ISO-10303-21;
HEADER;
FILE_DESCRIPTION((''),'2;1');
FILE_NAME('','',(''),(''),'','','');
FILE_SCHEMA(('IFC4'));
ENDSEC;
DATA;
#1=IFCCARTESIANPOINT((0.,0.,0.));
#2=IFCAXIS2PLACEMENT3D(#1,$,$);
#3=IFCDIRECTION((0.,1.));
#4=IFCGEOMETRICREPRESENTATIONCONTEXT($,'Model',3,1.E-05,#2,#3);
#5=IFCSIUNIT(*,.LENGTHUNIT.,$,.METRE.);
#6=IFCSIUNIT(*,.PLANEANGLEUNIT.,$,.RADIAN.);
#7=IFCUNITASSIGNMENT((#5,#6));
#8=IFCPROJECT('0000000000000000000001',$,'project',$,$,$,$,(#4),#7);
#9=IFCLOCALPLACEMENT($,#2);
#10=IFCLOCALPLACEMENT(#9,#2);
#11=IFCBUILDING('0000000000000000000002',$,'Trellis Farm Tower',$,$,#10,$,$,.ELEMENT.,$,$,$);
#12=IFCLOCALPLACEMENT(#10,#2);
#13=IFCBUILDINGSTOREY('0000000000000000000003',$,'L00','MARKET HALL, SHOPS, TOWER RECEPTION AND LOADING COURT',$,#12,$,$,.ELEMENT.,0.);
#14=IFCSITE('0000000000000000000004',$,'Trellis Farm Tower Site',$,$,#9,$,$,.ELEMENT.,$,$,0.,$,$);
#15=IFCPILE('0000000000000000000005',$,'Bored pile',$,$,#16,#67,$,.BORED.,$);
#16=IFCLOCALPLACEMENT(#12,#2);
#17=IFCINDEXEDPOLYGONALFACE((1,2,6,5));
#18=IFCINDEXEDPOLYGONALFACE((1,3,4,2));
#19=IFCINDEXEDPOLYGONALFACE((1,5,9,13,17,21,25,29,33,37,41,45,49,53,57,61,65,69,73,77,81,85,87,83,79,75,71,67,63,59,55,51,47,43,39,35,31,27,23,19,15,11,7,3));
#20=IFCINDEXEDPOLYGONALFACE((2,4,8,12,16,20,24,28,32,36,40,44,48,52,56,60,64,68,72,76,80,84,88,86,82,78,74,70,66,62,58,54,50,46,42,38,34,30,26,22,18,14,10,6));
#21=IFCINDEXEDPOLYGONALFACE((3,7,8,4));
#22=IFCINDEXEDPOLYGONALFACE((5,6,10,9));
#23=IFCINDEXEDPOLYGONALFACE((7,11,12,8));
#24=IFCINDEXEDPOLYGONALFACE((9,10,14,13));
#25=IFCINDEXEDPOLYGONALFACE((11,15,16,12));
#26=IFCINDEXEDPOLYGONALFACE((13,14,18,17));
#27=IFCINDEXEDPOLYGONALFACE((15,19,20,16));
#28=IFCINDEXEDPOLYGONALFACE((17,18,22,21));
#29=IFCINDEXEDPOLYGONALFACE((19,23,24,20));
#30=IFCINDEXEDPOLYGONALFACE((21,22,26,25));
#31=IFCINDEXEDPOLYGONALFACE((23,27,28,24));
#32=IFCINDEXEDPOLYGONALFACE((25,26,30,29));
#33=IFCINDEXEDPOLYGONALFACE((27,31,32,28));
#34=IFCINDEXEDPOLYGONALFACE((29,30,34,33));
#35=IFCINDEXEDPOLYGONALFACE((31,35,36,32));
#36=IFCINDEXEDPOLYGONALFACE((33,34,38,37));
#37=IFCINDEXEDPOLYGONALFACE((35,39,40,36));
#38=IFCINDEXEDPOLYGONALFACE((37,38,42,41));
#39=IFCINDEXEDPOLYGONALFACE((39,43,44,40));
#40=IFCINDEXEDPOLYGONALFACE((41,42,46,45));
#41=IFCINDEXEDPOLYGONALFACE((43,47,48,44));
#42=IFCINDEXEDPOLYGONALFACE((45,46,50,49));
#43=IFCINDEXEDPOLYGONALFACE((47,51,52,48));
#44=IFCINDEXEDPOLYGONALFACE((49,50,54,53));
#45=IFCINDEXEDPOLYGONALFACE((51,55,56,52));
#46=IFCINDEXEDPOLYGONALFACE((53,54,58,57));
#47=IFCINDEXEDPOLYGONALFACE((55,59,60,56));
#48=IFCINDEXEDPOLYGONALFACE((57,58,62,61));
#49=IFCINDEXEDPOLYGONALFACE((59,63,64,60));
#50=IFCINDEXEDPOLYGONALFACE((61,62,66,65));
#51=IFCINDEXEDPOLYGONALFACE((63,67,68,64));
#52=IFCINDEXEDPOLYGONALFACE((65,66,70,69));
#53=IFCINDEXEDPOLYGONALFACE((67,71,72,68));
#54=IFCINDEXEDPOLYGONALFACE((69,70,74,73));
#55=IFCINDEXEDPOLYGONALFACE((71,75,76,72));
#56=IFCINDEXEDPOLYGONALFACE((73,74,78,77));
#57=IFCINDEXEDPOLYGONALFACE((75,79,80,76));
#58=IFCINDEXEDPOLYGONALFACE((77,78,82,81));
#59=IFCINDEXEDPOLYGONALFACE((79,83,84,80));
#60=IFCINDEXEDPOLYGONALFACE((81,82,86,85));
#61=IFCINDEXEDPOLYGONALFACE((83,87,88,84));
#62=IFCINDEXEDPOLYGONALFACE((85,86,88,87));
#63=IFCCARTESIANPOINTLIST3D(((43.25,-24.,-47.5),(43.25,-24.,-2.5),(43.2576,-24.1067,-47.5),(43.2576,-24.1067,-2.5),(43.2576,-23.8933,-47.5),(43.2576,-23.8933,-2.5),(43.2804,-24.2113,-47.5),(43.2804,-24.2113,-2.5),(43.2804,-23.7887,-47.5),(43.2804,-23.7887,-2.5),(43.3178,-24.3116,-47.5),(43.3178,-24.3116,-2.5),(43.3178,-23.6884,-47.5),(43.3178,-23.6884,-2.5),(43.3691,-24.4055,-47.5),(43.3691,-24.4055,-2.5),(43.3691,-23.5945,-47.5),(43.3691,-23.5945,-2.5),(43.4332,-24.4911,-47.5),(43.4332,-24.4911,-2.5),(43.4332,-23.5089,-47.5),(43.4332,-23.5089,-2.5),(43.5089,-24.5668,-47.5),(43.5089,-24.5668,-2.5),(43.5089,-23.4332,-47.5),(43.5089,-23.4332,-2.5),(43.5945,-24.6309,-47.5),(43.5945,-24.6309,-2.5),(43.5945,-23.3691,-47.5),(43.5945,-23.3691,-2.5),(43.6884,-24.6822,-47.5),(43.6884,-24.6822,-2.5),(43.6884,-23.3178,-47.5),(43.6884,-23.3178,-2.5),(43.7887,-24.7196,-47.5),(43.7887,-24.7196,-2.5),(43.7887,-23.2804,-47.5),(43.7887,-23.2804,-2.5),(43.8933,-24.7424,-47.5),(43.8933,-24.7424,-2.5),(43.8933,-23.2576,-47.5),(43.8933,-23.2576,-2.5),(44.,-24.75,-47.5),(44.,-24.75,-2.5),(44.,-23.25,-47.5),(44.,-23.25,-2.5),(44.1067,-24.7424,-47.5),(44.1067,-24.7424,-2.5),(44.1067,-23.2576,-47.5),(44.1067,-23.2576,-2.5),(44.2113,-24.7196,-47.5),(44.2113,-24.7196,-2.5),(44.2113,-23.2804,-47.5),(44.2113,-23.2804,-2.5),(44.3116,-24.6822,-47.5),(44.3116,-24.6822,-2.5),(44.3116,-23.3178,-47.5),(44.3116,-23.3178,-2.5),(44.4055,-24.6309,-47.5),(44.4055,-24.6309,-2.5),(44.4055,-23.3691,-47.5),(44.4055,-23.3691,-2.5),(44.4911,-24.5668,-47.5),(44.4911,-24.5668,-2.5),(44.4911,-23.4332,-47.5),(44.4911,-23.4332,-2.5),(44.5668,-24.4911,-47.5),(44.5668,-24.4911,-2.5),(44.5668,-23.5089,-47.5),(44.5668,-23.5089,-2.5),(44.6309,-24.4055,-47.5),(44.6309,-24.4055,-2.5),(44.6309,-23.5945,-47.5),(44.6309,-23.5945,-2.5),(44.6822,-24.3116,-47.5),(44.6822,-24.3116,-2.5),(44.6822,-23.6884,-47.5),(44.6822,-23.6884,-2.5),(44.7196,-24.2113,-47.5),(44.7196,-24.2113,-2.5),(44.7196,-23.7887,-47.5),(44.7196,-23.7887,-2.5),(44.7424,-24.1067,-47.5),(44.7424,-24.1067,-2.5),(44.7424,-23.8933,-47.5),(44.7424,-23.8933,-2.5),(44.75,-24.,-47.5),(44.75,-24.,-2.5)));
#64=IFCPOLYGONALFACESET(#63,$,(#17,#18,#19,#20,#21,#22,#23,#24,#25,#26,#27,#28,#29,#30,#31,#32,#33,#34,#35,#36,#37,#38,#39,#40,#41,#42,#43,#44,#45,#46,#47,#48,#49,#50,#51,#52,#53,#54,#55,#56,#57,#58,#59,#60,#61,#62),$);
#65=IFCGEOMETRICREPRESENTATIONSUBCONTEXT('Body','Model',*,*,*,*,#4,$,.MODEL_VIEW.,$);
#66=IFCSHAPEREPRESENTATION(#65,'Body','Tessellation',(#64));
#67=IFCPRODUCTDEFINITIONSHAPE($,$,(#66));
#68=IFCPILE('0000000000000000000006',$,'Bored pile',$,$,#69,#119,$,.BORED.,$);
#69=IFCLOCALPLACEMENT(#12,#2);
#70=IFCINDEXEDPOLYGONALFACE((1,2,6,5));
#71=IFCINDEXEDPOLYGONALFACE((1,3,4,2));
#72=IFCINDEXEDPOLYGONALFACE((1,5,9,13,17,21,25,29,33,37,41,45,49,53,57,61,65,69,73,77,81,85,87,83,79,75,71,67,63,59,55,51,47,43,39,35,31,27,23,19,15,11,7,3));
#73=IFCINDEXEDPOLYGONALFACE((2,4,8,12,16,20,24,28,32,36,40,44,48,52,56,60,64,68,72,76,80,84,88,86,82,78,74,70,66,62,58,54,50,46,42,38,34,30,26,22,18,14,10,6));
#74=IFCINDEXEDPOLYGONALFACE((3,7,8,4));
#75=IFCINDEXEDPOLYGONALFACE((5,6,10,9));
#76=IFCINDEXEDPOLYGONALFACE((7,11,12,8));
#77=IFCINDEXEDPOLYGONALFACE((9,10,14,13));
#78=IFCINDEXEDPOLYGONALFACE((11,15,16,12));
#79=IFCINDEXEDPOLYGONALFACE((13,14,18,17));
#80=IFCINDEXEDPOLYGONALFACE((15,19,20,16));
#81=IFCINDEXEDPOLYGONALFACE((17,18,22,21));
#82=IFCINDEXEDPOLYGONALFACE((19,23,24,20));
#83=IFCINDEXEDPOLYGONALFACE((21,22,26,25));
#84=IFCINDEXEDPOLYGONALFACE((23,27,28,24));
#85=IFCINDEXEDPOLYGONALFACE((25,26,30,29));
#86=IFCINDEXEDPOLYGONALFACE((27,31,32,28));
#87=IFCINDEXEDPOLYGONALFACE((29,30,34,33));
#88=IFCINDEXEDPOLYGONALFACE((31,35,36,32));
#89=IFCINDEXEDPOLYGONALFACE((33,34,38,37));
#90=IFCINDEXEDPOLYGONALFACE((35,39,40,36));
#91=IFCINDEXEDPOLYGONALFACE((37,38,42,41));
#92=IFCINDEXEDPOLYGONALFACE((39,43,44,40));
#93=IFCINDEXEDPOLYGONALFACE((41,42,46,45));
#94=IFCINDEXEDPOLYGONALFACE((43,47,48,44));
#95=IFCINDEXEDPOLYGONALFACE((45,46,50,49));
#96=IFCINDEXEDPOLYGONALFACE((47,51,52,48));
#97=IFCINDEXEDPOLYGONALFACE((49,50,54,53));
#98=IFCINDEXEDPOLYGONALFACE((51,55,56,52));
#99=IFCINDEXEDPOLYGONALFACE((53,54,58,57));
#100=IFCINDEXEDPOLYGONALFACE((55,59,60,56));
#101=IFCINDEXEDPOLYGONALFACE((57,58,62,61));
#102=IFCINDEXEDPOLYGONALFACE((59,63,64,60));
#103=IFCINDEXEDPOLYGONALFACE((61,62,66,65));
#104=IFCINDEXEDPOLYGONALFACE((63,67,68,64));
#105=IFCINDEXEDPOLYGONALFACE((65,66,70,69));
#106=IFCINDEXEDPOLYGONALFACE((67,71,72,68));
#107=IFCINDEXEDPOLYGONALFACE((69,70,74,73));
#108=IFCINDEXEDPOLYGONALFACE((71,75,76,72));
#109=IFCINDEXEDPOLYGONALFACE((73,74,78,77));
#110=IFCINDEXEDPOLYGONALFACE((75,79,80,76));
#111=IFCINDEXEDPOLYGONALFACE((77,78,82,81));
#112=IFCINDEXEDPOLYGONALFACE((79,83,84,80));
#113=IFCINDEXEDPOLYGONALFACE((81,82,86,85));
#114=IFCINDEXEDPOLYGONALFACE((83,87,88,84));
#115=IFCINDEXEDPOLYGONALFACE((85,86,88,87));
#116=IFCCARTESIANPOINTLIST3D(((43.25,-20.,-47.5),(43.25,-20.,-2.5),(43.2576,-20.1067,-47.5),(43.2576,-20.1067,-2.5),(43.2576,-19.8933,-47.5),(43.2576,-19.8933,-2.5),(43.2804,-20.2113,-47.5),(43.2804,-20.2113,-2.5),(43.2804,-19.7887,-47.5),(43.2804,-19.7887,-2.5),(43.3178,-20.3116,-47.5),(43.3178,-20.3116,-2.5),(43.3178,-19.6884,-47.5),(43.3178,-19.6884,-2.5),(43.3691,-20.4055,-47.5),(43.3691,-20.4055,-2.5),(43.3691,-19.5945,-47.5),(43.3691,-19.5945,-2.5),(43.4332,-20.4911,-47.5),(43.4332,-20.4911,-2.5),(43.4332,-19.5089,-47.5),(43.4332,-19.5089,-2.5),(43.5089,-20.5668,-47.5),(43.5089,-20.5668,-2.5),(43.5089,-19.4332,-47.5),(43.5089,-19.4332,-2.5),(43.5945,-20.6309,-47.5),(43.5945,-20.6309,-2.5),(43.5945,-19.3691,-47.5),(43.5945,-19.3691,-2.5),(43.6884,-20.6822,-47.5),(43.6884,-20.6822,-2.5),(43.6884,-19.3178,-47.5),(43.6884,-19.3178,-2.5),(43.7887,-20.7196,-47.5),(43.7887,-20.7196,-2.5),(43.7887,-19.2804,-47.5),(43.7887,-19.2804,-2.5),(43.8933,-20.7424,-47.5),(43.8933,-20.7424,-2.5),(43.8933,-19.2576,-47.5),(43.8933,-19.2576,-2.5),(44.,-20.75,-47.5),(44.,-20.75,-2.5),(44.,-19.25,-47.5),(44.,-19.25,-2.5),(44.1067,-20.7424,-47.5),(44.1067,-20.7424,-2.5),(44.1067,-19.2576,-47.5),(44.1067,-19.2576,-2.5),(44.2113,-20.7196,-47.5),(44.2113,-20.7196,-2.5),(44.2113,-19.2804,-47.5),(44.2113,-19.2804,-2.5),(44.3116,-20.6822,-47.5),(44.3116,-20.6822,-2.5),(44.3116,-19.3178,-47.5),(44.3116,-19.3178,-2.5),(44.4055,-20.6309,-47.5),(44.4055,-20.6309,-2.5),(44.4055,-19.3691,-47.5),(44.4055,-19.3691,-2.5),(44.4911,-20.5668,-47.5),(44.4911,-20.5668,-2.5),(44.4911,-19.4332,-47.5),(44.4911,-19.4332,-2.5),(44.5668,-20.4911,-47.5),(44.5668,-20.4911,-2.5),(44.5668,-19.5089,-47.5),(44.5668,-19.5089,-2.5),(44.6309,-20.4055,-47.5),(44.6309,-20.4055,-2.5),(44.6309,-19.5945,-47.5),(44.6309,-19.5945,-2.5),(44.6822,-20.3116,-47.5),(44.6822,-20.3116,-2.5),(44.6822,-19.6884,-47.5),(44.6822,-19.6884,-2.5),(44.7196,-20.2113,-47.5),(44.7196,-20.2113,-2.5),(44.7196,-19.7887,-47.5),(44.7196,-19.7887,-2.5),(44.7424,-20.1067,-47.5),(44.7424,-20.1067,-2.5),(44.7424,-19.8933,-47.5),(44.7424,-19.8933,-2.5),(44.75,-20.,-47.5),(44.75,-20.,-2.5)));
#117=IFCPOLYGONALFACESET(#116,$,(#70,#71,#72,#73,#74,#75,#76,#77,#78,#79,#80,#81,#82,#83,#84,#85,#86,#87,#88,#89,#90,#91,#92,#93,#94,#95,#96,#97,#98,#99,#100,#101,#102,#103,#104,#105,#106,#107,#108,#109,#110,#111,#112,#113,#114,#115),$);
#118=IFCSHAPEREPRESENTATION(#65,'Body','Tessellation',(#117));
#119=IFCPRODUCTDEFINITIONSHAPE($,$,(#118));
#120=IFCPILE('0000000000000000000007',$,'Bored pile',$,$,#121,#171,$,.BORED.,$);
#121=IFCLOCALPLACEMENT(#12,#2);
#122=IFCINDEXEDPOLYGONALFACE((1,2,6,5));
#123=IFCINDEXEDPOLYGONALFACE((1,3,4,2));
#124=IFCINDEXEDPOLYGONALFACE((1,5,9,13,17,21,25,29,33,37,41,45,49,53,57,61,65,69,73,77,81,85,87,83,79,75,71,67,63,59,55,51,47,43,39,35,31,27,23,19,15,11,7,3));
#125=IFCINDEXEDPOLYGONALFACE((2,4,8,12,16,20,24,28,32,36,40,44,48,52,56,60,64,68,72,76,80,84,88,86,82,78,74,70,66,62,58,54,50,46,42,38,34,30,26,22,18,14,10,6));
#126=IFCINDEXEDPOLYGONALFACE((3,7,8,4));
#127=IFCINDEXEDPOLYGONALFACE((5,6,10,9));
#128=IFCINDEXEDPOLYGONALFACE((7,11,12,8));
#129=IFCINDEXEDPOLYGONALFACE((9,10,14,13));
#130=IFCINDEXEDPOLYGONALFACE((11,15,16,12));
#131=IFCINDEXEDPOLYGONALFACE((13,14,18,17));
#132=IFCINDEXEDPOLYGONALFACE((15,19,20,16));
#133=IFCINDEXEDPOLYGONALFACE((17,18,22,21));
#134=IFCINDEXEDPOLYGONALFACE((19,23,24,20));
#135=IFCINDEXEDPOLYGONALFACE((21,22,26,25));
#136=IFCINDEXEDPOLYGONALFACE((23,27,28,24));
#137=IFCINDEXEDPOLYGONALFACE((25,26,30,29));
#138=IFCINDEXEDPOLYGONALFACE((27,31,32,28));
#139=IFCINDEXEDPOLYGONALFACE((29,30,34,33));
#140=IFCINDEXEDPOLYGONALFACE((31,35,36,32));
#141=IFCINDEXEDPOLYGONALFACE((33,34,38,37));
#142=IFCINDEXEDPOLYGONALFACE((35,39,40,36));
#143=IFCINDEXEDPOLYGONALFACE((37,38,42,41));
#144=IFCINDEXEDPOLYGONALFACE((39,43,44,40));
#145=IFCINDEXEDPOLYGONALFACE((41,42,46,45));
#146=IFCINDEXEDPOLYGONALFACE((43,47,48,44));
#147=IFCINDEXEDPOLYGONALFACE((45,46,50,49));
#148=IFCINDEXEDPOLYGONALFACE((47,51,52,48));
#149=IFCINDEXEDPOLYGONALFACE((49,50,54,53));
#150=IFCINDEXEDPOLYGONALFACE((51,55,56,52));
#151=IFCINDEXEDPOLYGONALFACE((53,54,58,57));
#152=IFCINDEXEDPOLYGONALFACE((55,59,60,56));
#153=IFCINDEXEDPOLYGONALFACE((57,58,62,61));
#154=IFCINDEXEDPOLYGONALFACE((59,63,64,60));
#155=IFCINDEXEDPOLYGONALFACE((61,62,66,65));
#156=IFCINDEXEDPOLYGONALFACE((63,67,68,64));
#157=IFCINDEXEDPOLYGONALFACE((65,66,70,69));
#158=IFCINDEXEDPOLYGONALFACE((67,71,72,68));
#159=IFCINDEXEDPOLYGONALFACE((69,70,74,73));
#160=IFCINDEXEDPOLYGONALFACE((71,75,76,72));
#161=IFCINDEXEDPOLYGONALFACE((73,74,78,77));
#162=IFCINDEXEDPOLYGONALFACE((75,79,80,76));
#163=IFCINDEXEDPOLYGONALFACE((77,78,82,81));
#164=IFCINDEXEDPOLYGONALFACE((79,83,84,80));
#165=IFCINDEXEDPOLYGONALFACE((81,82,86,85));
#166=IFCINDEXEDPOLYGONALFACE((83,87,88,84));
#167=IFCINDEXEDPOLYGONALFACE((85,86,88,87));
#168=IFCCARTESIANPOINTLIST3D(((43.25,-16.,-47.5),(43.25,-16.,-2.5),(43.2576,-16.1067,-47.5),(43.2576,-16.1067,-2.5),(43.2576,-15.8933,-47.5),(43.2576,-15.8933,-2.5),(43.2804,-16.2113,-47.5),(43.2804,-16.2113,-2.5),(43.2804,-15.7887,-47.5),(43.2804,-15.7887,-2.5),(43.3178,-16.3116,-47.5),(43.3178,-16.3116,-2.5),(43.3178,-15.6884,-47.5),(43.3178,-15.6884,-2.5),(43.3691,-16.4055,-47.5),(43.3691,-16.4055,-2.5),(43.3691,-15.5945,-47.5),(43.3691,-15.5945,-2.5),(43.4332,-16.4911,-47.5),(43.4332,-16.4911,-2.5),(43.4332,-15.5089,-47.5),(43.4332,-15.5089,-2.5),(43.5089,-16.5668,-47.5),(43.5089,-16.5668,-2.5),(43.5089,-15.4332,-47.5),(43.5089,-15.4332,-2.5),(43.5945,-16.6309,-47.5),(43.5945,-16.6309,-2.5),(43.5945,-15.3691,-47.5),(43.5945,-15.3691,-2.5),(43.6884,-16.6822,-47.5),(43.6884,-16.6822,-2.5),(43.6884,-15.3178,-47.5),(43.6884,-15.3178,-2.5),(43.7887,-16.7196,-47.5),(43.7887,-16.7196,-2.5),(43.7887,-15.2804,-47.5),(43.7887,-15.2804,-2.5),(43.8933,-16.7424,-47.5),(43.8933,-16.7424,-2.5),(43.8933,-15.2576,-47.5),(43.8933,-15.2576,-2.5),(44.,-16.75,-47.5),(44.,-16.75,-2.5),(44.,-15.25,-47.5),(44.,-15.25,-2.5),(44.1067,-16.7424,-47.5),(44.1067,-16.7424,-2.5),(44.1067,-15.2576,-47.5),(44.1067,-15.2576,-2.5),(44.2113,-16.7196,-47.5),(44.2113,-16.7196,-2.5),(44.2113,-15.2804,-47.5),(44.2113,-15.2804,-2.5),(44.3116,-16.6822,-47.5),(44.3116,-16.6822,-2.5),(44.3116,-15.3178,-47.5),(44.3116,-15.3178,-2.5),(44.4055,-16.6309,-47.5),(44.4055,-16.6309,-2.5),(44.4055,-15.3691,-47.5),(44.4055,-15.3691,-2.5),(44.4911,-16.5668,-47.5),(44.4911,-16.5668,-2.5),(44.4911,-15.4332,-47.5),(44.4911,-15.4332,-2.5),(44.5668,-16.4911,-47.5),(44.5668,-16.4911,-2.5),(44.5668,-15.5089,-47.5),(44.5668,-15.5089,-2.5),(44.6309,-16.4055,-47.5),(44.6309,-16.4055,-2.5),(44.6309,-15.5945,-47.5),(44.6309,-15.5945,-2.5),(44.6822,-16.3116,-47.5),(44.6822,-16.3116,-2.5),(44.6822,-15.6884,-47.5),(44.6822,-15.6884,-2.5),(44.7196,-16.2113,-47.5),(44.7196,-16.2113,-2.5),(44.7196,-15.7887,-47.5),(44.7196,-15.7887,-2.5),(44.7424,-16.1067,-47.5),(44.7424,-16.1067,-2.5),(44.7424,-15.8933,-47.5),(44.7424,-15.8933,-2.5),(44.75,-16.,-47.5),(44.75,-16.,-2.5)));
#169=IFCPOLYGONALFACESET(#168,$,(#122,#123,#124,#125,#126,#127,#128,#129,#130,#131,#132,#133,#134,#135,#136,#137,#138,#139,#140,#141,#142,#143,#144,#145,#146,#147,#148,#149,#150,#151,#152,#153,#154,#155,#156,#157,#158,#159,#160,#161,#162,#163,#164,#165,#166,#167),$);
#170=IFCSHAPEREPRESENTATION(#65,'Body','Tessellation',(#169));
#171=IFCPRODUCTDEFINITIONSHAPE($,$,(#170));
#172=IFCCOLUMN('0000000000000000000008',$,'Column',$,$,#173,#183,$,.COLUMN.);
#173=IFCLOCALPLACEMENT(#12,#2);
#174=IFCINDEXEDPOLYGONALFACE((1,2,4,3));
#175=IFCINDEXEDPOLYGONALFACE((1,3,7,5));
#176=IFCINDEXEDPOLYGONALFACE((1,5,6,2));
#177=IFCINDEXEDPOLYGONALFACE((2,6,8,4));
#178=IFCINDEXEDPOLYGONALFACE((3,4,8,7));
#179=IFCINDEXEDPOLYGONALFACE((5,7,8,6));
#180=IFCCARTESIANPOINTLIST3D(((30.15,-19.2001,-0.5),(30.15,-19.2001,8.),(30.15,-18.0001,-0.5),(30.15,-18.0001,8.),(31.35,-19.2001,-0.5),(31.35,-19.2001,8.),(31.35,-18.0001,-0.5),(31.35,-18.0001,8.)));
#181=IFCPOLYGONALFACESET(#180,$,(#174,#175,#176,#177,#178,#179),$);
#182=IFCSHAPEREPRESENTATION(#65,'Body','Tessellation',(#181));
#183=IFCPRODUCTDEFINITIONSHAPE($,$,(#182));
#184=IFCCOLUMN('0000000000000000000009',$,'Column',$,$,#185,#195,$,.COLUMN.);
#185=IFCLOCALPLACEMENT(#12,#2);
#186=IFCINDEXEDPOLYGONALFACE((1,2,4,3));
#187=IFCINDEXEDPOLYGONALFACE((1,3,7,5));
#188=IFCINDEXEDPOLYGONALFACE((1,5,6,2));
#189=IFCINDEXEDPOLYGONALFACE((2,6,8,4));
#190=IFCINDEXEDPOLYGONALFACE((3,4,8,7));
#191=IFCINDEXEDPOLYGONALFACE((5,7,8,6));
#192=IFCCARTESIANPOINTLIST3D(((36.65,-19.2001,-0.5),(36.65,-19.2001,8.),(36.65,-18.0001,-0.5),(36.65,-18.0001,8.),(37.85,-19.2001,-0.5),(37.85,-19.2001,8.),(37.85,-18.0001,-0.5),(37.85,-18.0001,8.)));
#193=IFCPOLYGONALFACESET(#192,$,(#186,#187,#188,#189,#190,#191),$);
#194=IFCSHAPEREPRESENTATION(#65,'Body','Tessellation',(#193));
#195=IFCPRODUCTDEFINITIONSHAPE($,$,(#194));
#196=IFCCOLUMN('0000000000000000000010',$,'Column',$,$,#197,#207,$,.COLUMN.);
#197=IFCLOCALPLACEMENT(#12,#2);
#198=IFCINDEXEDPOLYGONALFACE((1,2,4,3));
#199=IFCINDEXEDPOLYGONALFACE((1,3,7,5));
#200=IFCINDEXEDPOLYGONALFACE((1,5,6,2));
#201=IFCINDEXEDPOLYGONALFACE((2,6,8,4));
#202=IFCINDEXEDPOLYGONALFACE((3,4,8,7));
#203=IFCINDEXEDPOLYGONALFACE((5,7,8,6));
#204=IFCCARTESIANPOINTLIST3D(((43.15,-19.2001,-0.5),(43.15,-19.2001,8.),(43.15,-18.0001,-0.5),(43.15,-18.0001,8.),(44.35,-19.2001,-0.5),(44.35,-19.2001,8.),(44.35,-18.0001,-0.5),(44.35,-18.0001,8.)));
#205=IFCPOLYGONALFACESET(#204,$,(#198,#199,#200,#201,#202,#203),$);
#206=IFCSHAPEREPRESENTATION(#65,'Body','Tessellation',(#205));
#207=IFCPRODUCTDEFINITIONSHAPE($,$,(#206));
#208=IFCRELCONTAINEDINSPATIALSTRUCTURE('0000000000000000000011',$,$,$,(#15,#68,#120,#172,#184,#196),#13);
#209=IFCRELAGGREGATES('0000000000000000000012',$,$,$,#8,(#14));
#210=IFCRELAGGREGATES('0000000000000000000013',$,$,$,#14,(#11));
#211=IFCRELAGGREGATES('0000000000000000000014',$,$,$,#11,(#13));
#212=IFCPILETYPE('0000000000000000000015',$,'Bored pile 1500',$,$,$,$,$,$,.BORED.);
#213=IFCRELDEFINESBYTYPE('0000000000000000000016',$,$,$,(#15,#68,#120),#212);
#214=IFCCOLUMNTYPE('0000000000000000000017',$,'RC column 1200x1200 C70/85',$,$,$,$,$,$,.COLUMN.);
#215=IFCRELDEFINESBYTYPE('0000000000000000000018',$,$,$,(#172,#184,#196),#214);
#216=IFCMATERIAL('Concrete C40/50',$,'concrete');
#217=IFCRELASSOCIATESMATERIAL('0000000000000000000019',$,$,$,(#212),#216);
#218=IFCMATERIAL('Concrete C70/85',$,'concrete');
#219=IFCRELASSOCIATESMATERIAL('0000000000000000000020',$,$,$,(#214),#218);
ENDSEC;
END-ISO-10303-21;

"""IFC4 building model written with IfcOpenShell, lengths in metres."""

from ifc_helpers import new_model, si_unit, direction, frame, origin, origin_2d, place, context, subcontext, project, spatial, rectangle, circle, extrude, source, transform, mapped, material, material_profile, profile_set, type_object, element, save


model = new_model("IFC4")

# Units and contexts
model_context = context("Model", 3, precision=1e-05, world=origin(), true_north=direction((0.0, 1.0)))
body_context = subcontext(model_context, "Body", "Model", "MODEL_VIEW")
ifc_project = project(units=[si_unit("LENGTHUNIT", "METRE"), si_unit("PLANEANGLEUNIT", "RADIAN")], contexts=[model_context])

# Site, building, storey
site_placement = place(None, origin())
site = spatial("IfcSite", under=ifc_project, at=site_placement, Name="Trellis Farm Tower Site", CompositionType="ELEMENT", RefElevation=0.0)
building_placement = place(site_placement, origin())
building = spatial("IfcBuilding", under=site, at=building_placement, Name="Trellis Farm Tower", CompositionType="ELEMENT")
storey_placement = place(building_placement, origin())
storey = spatial("IfcBuildingStorey", under=building, at=storey_placement, Name="L00", Description="MARKET HALL, SHOPS, TOWER RECEPTION AND LOADING COURT", CompositionType="ELEMENT", Elevation=0.0)

# Piles
ifc_material_1 = material(Name="Concrete C40/50", Category="concrete")
ifc_material_profile_1 = material_profile(ifc_material_1, circle(Radius=0.75, at=origin_2d()), Name="Bored pile 1500")
ifc_profile_set_1 = profile_set([ifc_material_profile_1], Name="Concrete C40/50")
pile_type = type_object("IfcPileType", Name="Bored pile 1500", PredefinedType="BORED", material=ifc_profile_set_1)
shared_shape_1 = source(origin(), body_context, "Body", "SweptSolid", [
    extrude(circle(Radius=0.75, at=origin_2d()), origin(), (0.0, 0.0, 1.0), 45.0),
])
for number, where, z_axis, x_axis, name in (
    (1, (44.0, -24.0, -2.5), (0.0, 0.0, -1.0), (1.0, 0.0, 0.0), "Bored pile"),
    (2, (44.0, -20.0, -2.5), (0.0, 0.0, -1.0), (1.0, 0.0, 0.0), "Bored pile"),
    (3, (44.0, -16.0, -2.5), (0.0, 0.0, -1.0), (1.0, 0.0, 0.0), "Bored pile"),
):
    element("IfcPile", number, at=place(storey_placement, frame(where, z_axis=z_axis, x_axis=x_axis)), inside=storey, type_object=pile_type, Name=name, PredefinedType="BORED", context=body_context, shape_type="MappedRepresentation", body=[
        mapped(shared_shape_1, transform((0.0, 0.0, 0.0))),
    ])

# Columns
ifc_material_2 = material(Name="Concrete C70/85", Category="concrete")
ifc_material_profile_2 = material_profile(ifc_material_2, rectangle(XDim=1.2, YDim=1.2, at=origin_2d()), Name="RC column 1200x1200 C70/85")
ifc_profile_set_2 = profile_set([ifc_material_profile_2], Name="Concrete C70/85")
column_type = type_object("IfcColumnType", Name="RC column 1200x1200 C70/85", PredefinedType="COLUMN", material=ifc_profile_set_2)
shared_shape_2 = source(origin(), body_context, "Body", "SweptSolid", [
    extrude(rectangle(XDim=1.2, YDim=1.2, at=origin_2d()), origin(), (0.0, 0.0, 1.0), 8.5),
])
for number, where, z_axis, x_axis, name in (
    (4, (30.75, -18.6001, -0.5), (0.0, 0.0, 1.0), (1.0, 0.0, 0.0), "Column"),
    (5, (37.25, -18.6001, -0.5), (0.0, 0.0, 1.0), (1.0, 0.0, 0.0), "Column"),
    (6, (43.75, -18.6001, -0.5), (0.0, 0.0, 1.0), (1.0, 0.0, 0.0), "Column"),
):
    element("IfcColumn", number, at=place(storey_placement, frame(where, z_axis=z_axis, x_axis=x_axis)), inside=storey, type_object=column_type, Name=name, PredefinedType="COLUMN", context=body_context, shape_type="MappedRepresentation", body=[
        mapped(shared_shape_2, transform((0.0, 0.0, 0.0))),
    ])

save(model, "model.ifc")
